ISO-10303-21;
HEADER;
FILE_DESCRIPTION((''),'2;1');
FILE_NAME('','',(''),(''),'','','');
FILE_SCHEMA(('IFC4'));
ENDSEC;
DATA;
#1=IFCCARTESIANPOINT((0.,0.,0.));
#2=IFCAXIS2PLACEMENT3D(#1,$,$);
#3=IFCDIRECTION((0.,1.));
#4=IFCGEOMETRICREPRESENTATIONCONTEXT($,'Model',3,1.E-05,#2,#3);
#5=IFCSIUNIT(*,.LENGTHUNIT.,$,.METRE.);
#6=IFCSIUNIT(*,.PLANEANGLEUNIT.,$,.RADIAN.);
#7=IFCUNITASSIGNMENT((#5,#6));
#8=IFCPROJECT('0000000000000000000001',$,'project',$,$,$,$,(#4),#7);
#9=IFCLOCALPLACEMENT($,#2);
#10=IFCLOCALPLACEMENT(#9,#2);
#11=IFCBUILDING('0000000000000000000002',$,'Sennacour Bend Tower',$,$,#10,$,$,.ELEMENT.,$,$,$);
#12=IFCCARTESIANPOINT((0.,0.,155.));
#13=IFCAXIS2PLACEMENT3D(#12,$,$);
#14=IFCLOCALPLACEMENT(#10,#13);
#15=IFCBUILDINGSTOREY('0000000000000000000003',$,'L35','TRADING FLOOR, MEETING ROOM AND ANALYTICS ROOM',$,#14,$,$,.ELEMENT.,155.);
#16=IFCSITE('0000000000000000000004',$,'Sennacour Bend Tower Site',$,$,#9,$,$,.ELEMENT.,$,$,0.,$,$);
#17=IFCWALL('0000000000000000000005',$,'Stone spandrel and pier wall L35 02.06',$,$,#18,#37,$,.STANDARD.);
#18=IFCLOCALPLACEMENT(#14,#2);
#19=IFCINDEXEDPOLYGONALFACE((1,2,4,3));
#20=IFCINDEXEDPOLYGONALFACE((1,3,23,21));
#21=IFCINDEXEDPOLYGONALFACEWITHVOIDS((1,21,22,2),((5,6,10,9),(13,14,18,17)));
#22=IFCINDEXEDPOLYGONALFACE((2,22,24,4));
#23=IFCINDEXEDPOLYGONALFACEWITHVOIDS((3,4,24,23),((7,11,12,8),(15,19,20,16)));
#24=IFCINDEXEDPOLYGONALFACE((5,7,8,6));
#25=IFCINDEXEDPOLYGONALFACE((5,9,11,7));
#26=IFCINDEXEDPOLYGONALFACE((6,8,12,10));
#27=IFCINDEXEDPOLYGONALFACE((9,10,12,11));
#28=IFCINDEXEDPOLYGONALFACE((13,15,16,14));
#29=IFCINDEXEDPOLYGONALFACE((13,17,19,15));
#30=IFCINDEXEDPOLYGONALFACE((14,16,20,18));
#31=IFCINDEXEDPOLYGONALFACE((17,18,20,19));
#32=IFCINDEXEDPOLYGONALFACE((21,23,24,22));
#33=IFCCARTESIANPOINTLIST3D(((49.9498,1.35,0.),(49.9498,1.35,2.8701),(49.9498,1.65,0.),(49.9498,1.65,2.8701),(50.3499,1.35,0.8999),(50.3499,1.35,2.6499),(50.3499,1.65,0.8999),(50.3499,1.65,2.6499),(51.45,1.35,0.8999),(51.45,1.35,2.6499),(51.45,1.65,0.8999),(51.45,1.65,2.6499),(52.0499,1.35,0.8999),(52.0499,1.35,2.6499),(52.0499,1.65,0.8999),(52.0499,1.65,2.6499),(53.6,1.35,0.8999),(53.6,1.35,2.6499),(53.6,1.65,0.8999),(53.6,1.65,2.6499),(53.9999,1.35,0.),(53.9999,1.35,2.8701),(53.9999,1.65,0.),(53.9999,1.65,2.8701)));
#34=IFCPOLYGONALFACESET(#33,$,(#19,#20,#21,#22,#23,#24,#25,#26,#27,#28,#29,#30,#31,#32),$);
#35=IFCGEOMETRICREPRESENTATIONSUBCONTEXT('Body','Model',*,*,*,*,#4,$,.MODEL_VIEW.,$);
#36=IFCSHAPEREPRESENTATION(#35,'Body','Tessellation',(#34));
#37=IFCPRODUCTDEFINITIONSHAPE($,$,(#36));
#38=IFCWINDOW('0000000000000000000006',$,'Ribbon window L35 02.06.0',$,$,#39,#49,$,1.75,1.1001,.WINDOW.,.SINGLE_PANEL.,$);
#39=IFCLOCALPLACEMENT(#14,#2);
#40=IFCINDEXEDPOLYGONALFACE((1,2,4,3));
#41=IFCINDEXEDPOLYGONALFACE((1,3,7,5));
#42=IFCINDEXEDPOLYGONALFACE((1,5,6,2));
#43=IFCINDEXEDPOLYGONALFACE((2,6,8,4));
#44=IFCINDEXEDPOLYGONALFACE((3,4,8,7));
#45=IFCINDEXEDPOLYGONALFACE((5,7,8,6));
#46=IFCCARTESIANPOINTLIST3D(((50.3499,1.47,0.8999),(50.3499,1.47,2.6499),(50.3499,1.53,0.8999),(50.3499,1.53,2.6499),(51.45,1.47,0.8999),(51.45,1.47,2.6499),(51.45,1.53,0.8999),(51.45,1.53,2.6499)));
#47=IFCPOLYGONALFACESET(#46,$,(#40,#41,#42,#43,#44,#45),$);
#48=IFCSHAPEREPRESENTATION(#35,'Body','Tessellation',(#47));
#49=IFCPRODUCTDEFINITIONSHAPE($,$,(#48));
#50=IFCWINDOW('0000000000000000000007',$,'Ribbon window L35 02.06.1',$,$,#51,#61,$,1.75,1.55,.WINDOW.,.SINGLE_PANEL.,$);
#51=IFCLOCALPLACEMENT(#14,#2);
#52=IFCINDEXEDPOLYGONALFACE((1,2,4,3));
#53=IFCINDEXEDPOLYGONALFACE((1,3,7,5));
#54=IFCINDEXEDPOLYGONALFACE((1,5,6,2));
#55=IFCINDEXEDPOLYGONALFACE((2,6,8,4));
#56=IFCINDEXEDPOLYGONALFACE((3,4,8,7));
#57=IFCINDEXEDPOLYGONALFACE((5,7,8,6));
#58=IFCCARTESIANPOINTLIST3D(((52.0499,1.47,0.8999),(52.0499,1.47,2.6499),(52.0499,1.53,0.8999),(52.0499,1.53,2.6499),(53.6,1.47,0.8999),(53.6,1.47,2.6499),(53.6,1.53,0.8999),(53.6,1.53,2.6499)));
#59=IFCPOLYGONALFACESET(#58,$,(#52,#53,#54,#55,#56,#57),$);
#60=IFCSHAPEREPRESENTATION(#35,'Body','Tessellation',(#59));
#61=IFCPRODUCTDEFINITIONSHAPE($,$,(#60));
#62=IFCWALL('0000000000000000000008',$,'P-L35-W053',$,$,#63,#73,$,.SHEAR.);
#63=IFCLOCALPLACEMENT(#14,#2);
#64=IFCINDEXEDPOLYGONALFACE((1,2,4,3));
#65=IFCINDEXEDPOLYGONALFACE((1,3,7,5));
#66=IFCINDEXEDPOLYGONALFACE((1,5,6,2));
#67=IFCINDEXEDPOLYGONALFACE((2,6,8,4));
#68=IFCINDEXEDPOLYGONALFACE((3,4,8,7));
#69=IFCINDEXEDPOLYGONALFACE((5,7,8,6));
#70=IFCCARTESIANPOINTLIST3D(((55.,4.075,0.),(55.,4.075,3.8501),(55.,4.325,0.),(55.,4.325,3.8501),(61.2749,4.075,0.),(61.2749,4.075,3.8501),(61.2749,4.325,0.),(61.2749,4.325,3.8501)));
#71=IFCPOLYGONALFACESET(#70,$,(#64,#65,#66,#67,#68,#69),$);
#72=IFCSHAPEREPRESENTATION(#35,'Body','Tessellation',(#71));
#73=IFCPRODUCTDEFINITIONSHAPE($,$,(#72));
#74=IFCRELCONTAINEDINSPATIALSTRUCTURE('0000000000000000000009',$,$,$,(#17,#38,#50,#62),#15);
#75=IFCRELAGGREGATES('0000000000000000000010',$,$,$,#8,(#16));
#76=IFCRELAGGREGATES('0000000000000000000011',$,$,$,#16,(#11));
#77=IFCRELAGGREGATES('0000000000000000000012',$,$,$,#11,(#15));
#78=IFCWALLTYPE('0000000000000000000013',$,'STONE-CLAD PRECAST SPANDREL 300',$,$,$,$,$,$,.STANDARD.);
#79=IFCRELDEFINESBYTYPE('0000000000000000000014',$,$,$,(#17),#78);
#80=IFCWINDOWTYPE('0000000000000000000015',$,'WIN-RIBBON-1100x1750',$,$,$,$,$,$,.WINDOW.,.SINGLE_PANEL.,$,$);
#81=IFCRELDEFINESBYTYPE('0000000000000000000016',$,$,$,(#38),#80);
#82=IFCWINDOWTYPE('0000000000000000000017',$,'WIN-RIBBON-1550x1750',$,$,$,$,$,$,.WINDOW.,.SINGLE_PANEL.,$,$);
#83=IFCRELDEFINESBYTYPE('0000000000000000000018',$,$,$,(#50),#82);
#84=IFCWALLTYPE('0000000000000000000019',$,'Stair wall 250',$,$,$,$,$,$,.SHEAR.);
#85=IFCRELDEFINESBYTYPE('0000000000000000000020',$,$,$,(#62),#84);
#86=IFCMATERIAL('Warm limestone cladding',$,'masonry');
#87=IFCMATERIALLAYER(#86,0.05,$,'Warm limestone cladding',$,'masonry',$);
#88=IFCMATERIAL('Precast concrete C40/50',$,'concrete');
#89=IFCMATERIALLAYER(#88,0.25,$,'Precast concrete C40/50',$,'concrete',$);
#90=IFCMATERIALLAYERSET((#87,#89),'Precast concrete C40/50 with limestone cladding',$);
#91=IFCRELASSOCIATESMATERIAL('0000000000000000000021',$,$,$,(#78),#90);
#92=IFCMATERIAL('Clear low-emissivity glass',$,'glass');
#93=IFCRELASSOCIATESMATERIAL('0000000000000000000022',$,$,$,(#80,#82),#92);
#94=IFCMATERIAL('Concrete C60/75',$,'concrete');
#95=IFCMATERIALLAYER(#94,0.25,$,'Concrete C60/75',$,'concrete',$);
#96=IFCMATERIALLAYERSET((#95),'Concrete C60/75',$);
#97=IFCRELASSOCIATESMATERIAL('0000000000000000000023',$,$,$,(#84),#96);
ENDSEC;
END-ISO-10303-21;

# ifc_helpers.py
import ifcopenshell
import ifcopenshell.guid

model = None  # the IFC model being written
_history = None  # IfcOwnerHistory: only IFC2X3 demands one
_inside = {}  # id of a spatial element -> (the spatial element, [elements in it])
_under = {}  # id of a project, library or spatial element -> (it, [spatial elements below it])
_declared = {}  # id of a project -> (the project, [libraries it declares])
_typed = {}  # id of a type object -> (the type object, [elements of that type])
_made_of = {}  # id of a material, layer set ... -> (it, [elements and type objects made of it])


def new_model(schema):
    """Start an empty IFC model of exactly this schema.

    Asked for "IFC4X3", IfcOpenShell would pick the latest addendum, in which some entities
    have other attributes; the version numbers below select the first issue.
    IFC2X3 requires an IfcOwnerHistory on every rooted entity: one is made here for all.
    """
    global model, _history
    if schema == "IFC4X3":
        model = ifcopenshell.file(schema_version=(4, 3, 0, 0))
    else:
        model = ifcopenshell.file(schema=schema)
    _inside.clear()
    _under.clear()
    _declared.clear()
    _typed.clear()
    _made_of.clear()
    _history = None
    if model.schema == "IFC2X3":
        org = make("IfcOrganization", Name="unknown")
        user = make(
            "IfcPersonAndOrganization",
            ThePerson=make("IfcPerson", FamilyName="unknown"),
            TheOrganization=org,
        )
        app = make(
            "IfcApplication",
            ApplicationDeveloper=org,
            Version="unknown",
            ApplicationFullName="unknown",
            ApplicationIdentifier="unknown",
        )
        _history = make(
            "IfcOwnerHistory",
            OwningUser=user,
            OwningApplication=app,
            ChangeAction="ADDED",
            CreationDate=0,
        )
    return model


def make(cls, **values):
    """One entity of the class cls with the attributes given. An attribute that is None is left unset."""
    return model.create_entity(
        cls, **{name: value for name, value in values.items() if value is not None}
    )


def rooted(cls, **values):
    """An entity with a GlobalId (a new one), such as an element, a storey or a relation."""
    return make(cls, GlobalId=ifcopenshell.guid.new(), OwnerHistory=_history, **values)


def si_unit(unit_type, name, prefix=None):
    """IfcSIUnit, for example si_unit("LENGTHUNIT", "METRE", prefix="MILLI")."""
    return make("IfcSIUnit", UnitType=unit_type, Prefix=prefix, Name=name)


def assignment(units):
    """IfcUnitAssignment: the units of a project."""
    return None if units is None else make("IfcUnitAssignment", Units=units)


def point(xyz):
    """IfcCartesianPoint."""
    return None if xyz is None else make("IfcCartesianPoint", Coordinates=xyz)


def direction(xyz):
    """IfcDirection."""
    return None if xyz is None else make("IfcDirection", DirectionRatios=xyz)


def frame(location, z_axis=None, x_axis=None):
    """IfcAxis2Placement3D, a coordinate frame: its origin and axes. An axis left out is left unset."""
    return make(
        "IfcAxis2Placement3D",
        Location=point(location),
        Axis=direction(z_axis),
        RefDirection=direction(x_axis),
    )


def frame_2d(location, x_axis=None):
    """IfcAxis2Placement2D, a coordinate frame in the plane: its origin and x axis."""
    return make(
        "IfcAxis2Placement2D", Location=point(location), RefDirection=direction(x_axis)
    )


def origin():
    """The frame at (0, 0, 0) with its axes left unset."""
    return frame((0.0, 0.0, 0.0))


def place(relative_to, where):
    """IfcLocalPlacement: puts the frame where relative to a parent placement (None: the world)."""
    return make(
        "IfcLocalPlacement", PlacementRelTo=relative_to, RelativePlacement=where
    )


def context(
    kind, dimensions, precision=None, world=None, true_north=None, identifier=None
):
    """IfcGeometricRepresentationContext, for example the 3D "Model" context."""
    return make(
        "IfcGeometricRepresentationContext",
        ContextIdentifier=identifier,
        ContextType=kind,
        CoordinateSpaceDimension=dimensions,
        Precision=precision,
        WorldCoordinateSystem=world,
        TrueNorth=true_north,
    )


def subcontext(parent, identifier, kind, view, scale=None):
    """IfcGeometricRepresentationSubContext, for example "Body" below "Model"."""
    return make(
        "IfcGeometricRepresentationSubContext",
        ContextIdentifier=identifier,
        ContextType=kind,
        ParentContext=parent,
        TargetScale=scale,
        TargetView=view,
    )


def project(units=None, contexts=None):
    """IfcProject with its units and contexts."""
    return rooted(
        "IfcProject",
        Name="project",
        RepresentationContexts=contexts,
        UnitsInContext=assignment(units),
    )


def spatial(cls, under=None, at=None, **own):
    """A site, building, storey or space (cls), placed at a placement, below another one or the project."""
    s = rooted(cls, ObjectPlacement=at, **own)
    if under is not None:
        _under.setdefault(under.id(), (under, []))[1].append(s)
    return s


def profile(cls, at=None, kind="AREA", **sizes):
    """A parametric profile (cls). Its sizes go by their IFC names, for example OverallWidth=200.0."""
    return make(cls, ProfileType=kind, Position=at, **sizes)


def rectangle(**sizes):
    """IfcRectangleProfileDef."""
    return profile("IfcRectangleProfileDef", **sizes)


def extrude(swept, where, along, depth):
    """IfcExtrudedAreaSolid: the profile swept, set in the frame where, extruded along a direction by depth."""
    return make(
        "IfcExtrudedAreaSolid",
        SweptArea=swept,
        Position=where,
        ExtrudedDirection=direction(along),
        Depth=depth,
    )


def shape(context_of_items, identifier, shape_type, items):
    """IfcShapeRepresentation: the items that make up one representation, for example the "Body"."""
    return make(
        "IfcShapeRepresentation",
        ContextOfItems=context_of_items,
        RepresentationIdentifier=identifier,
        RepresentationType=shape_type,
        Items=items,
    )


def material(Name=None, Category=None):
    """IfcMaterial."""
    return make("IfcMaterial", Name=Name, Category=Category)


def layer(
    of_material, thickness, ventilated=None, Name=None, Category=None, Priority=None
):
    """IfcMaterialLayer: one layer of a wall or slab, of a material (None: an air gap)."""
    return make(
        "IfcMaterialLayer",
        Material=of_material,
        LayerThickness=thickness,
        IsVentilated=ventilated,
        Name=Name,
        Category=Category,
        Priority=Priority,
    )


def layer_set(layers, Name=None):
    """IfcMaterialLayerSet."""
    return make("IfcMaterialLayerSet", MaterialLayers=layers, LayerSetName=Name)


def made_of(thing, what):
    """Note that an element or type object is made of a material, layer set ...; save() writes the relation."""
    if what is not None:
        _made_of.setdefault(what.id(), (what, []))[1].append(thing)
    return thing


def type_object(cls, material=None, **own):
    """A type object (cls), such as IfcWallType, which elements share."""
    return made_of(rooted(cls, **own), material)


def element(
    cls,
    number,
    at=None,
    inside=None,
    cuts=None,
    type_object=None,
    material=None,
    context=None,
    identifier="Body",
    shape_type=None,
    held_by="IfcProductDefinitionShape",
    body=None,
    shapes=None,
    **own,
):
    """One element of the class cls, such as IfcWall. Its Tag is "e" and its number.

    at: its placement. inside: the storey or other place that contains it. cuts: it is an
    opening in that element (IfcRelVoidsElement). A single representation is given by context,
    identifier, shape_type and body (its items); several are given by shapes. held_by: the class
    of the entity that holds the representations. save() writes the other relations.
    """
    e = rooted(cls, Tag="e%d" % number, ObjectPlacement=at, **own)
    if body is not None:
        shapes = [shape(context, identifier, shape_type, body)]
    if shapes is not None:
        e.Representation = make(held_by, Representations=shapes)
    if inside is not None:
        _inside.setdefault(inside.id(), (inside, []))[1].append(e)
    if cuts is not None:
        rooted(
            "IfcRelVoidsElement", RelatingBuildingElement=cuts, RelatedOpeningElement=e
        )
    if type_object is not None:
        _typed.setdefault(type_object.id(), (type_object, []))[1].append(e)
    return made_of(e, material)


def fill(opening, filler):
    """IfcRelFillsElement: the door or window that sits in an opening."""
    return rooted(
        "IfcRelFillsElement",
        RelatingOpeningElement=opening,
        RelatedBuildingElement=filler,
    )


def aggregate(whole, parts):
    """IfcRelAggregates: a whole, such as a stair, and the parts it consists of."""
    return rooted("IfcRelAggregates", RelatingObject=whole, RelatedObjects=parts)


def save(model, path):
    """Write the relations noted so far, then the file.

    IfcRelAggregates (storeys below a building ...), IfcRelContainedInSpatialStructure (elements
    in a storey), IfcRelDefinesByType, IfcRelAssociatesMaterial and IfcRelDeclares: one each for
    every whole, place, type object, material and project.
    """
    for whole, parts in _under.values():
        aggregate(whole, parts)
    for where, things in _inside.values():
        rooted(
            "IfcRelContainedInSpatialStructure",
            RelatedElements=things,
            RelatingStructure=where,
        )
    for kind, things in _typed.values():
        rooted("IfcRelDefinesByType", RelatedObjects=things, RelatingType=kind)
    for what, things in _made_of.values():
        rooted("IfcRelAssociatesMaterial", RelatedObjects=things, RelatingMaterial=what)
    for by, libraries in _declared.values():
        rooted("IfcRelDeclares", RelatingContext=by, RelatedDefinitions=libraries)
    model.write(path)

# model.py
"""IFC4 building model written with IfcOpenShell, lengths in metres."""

from ifc_helpers import new_model, si_unit, direction, frame, frame_2d, origin, place, context, subcontext, project, spatial, rectangle, extrude, material, layer, layer_set, type_object, element, fill, save


model = new_model("IFC4")

# Units and contexts
model_context = context("Model", 3, precision=1e-05, world=origin(), true_north=direction((0.0, 1.0)))
body_context = subcontext(model_context, "Body", "Model", "MODEL_VIEW")
ifc_project = project(units=[si_unit("LENGTHUNIT", "METRE"), si_unit("PLANEANGLEUNIT", "RADIAN")], contexts=[model_context])

# Site, building, storey
site_placement = place(None, origin())
site = spatial("IfcSite", under=ifc_project, at=site_placement, Name="Sennacour Bend Tower Site", CompositionType="ELEMENT", RefElevation=0.0)
building_placement = place(site_placement, origin())
building = spatial("IfcBuilding", under=site, at=building_placement, Name="Sennacour Bend Tower", CompositionType="ELEMENT")
storey_placement = place(building_placement, frame((0.0, 0.0, 155.0)))
storey = spatial("IfcBuildingStorey", under=building, at=storey_placement, Name="L35", Description="TRADING FLOOR, MEETING ROOM AND ANALYTICS ROOM", CompositionType="ELEMENT", Elevation=155.0)

# Shared definitions
ifc_material_1 = material(Name="Concrete C60/75", Category="concrete")

# Wall, openings, windows
ifc_material_2 = material(Name="Warm limestone cladding", Category="masonry")
ifc_layer_1 = layer(ifc_material_2, 0.05, Name="Warm limestone cladding", Category="masonry")
ifc_material_3 = material(Name="Precast concrete C40/50", Category="concrete")
ifc_layer_2 = layer(ifc_material_3, 0.25, Name="Precast concrete C40/50", Category="concrete")
ifc_layer_set_1 = layer_set([ifc_layer_1, ifc_layer_2], Name="Precast concrete C40/50 with limestone cladding")
wall_type_1 = type_object("IfcWallType", Name="STONE-CLAD PRECAST SPANDREL 300", PredefinedType="STANDARD", material=ifc_layer_set_1)
wall_1_placement = place(storey_placement, frame((49.95, 1.5, 0.0), z_axis=(0.0, 0.0, 1.0), x_axis=(1.0, 0.0, 0.0)))
wall_1 = element("IfcWall", 1, at=wall_1_placement, inside=storey, type_object=wall_type_1, Name="Stone spandrel and pier wall L35 02.06", PredefinedType="STANDARD", context=body_context, shape_type="SweptSolid", body=[
    extrude(rectangle(XDim=4.05, YDim=0.3, at=frame_2d((2.0249, 0.0))), origin(), (0.0, 0.0, 1.0), 2.8701),
])
opening_1_placement = place(wall_1_placement, frame((0.3999, 0.0, 0.8999)))
opening_1 = element("IfcOpeningElement", 2, at=opening_1_placement, cuts=wall_1, PredefinedType="OPENING", context=body_context, shape_type="SweptSolid", body=[
    extrude(rectangle(XDim=1.1001, YDim=1.75, at=frame_2d((0.55, 0.875))), frame((0.0, 0.1602, 0.0), z_axis=(0.0, -1.0, 0.0), x_axis=(1.0, 0.0, 0.0)), (0.0, 0.0, 1.0), 0.3201),
])
opening_2_placement = place(wall_1_placement, frame((2.1001, 0.0, 0.8999)))
opening_2 = element("IfcOpeningElement", 3, at=opening_2_placement, cuts=wall_1, PredefinedType="OPENING", context=body_context, shape_type="SweptSolid", body=[
    extrude(rectangle(XDim=1.55, YDim=1.75, at=frame_2d((0.7749, 0.875))), frame((0.0, 0.1602, 0.0), z_axis=(0.0, -1.0, 0.0), x_axis=(1.0, 0.0, 0.0)), (0.0, 0.0, 1.0), 0.3201),
])
ifc_material_4 = material(Name="Clear low-emissivity glass", Category="glass")
window_type_1 = type_object("IfcWindowType", Name="WIN-RIBBON-1100x1750", PartitioningType="SINGLE_PANEL", PredefinedType="WINDOW", material=ifc_material_4)
window_1_placement = place(opening_1_placement, origin())
window_1 = element("IfcWindow", 4, at=window_1_placement, inside=storey, type_object=window_type_1, Name="Ribbon window L35 02.06.0", OverallHeight=1.75, OverallWidth=1.1001, PartitioningType="SINGLE_PANEL", PredefinedType="WINDOW", context=body_context, shape_type="SweptSolid", body=[
    extrude(rectangle(XDim=1.1001, YDim=1.75, at=frame_2d((0.55, 0.875))), frame((0.0, 0.03, 0.0), z_axis=(0.0, -1.0, 0.0), x_axis=(1.0, 0.0, 0.0)), (0.0, 0.0, 1.0), 0.0601),
])
fill(opening_1, window_1)
window_type_2 = type_object("IfcWindowType", Name="WIN-RIBBON-1550x1750", PartitioningType="SINGLE_PANEL", PredefinedType="WINDOW", material=ifc_material_4)
window_2_placement = place(opening_2_placement, origin())
window_2 = element("IfcWindow", 5, at=window_2_placement, inside=storey, type_object=window_type_2, Name="Ribbon window L35 02.06.1", OverallHeight=1.75, OverallWidth=1.55, PartitioningType="SINGLE_PANEL", PredefinedType="WINDOW", context=body_context, shape_type="SweptSolid", body=[
    extrude(rectangle(XDim=1.55, YDim=1.75, at=frame_2d((0.7749, 0.875))), frame((0.0, 0.03, 0.0), z_axis=(0.0, -1.0, 0.0), x_axis=(1.0, 0.0, 0.0)), (0.0, 0.0, 1.0), 0.0601),
])
fill(opening_2, window_2)

# Wall
ifc_layer_3 = layer(ifc_material_1, 0.25, Name="Concrete C60/75", Category="concrete")
ifc_layer_set_2 = layer_set([ifc_layer_3], Name="Concrete C60/75")
wall_type_2 = type_object("IfcWallType", Name="Stair wall 250", PredefinedType="SHEAR", material=ifc_layer_set_2)
wall_2_placement = place(storey_placement, frame((55.0, 4.2, 0.0), z_axis=(0.0, 0.0, 1.0), x_axis=(1.0, 0.0, 0.0)))
element("IfcWall", 6, at=wall_2_placement, inside=storey, type_object=wall_type_2, Name="P-L35-W053", PredefinedType="SHEAR", context=body_context, shape_type="SweptSolid", body=[
    extrude(rectangle(XDim=6.2749, YDim=0.25, at=frame_2d((3.1375, 0.0))), origin(), (0.0, 0.0, 1.0), 3.8501),
])

save(model, "model.ifc")
